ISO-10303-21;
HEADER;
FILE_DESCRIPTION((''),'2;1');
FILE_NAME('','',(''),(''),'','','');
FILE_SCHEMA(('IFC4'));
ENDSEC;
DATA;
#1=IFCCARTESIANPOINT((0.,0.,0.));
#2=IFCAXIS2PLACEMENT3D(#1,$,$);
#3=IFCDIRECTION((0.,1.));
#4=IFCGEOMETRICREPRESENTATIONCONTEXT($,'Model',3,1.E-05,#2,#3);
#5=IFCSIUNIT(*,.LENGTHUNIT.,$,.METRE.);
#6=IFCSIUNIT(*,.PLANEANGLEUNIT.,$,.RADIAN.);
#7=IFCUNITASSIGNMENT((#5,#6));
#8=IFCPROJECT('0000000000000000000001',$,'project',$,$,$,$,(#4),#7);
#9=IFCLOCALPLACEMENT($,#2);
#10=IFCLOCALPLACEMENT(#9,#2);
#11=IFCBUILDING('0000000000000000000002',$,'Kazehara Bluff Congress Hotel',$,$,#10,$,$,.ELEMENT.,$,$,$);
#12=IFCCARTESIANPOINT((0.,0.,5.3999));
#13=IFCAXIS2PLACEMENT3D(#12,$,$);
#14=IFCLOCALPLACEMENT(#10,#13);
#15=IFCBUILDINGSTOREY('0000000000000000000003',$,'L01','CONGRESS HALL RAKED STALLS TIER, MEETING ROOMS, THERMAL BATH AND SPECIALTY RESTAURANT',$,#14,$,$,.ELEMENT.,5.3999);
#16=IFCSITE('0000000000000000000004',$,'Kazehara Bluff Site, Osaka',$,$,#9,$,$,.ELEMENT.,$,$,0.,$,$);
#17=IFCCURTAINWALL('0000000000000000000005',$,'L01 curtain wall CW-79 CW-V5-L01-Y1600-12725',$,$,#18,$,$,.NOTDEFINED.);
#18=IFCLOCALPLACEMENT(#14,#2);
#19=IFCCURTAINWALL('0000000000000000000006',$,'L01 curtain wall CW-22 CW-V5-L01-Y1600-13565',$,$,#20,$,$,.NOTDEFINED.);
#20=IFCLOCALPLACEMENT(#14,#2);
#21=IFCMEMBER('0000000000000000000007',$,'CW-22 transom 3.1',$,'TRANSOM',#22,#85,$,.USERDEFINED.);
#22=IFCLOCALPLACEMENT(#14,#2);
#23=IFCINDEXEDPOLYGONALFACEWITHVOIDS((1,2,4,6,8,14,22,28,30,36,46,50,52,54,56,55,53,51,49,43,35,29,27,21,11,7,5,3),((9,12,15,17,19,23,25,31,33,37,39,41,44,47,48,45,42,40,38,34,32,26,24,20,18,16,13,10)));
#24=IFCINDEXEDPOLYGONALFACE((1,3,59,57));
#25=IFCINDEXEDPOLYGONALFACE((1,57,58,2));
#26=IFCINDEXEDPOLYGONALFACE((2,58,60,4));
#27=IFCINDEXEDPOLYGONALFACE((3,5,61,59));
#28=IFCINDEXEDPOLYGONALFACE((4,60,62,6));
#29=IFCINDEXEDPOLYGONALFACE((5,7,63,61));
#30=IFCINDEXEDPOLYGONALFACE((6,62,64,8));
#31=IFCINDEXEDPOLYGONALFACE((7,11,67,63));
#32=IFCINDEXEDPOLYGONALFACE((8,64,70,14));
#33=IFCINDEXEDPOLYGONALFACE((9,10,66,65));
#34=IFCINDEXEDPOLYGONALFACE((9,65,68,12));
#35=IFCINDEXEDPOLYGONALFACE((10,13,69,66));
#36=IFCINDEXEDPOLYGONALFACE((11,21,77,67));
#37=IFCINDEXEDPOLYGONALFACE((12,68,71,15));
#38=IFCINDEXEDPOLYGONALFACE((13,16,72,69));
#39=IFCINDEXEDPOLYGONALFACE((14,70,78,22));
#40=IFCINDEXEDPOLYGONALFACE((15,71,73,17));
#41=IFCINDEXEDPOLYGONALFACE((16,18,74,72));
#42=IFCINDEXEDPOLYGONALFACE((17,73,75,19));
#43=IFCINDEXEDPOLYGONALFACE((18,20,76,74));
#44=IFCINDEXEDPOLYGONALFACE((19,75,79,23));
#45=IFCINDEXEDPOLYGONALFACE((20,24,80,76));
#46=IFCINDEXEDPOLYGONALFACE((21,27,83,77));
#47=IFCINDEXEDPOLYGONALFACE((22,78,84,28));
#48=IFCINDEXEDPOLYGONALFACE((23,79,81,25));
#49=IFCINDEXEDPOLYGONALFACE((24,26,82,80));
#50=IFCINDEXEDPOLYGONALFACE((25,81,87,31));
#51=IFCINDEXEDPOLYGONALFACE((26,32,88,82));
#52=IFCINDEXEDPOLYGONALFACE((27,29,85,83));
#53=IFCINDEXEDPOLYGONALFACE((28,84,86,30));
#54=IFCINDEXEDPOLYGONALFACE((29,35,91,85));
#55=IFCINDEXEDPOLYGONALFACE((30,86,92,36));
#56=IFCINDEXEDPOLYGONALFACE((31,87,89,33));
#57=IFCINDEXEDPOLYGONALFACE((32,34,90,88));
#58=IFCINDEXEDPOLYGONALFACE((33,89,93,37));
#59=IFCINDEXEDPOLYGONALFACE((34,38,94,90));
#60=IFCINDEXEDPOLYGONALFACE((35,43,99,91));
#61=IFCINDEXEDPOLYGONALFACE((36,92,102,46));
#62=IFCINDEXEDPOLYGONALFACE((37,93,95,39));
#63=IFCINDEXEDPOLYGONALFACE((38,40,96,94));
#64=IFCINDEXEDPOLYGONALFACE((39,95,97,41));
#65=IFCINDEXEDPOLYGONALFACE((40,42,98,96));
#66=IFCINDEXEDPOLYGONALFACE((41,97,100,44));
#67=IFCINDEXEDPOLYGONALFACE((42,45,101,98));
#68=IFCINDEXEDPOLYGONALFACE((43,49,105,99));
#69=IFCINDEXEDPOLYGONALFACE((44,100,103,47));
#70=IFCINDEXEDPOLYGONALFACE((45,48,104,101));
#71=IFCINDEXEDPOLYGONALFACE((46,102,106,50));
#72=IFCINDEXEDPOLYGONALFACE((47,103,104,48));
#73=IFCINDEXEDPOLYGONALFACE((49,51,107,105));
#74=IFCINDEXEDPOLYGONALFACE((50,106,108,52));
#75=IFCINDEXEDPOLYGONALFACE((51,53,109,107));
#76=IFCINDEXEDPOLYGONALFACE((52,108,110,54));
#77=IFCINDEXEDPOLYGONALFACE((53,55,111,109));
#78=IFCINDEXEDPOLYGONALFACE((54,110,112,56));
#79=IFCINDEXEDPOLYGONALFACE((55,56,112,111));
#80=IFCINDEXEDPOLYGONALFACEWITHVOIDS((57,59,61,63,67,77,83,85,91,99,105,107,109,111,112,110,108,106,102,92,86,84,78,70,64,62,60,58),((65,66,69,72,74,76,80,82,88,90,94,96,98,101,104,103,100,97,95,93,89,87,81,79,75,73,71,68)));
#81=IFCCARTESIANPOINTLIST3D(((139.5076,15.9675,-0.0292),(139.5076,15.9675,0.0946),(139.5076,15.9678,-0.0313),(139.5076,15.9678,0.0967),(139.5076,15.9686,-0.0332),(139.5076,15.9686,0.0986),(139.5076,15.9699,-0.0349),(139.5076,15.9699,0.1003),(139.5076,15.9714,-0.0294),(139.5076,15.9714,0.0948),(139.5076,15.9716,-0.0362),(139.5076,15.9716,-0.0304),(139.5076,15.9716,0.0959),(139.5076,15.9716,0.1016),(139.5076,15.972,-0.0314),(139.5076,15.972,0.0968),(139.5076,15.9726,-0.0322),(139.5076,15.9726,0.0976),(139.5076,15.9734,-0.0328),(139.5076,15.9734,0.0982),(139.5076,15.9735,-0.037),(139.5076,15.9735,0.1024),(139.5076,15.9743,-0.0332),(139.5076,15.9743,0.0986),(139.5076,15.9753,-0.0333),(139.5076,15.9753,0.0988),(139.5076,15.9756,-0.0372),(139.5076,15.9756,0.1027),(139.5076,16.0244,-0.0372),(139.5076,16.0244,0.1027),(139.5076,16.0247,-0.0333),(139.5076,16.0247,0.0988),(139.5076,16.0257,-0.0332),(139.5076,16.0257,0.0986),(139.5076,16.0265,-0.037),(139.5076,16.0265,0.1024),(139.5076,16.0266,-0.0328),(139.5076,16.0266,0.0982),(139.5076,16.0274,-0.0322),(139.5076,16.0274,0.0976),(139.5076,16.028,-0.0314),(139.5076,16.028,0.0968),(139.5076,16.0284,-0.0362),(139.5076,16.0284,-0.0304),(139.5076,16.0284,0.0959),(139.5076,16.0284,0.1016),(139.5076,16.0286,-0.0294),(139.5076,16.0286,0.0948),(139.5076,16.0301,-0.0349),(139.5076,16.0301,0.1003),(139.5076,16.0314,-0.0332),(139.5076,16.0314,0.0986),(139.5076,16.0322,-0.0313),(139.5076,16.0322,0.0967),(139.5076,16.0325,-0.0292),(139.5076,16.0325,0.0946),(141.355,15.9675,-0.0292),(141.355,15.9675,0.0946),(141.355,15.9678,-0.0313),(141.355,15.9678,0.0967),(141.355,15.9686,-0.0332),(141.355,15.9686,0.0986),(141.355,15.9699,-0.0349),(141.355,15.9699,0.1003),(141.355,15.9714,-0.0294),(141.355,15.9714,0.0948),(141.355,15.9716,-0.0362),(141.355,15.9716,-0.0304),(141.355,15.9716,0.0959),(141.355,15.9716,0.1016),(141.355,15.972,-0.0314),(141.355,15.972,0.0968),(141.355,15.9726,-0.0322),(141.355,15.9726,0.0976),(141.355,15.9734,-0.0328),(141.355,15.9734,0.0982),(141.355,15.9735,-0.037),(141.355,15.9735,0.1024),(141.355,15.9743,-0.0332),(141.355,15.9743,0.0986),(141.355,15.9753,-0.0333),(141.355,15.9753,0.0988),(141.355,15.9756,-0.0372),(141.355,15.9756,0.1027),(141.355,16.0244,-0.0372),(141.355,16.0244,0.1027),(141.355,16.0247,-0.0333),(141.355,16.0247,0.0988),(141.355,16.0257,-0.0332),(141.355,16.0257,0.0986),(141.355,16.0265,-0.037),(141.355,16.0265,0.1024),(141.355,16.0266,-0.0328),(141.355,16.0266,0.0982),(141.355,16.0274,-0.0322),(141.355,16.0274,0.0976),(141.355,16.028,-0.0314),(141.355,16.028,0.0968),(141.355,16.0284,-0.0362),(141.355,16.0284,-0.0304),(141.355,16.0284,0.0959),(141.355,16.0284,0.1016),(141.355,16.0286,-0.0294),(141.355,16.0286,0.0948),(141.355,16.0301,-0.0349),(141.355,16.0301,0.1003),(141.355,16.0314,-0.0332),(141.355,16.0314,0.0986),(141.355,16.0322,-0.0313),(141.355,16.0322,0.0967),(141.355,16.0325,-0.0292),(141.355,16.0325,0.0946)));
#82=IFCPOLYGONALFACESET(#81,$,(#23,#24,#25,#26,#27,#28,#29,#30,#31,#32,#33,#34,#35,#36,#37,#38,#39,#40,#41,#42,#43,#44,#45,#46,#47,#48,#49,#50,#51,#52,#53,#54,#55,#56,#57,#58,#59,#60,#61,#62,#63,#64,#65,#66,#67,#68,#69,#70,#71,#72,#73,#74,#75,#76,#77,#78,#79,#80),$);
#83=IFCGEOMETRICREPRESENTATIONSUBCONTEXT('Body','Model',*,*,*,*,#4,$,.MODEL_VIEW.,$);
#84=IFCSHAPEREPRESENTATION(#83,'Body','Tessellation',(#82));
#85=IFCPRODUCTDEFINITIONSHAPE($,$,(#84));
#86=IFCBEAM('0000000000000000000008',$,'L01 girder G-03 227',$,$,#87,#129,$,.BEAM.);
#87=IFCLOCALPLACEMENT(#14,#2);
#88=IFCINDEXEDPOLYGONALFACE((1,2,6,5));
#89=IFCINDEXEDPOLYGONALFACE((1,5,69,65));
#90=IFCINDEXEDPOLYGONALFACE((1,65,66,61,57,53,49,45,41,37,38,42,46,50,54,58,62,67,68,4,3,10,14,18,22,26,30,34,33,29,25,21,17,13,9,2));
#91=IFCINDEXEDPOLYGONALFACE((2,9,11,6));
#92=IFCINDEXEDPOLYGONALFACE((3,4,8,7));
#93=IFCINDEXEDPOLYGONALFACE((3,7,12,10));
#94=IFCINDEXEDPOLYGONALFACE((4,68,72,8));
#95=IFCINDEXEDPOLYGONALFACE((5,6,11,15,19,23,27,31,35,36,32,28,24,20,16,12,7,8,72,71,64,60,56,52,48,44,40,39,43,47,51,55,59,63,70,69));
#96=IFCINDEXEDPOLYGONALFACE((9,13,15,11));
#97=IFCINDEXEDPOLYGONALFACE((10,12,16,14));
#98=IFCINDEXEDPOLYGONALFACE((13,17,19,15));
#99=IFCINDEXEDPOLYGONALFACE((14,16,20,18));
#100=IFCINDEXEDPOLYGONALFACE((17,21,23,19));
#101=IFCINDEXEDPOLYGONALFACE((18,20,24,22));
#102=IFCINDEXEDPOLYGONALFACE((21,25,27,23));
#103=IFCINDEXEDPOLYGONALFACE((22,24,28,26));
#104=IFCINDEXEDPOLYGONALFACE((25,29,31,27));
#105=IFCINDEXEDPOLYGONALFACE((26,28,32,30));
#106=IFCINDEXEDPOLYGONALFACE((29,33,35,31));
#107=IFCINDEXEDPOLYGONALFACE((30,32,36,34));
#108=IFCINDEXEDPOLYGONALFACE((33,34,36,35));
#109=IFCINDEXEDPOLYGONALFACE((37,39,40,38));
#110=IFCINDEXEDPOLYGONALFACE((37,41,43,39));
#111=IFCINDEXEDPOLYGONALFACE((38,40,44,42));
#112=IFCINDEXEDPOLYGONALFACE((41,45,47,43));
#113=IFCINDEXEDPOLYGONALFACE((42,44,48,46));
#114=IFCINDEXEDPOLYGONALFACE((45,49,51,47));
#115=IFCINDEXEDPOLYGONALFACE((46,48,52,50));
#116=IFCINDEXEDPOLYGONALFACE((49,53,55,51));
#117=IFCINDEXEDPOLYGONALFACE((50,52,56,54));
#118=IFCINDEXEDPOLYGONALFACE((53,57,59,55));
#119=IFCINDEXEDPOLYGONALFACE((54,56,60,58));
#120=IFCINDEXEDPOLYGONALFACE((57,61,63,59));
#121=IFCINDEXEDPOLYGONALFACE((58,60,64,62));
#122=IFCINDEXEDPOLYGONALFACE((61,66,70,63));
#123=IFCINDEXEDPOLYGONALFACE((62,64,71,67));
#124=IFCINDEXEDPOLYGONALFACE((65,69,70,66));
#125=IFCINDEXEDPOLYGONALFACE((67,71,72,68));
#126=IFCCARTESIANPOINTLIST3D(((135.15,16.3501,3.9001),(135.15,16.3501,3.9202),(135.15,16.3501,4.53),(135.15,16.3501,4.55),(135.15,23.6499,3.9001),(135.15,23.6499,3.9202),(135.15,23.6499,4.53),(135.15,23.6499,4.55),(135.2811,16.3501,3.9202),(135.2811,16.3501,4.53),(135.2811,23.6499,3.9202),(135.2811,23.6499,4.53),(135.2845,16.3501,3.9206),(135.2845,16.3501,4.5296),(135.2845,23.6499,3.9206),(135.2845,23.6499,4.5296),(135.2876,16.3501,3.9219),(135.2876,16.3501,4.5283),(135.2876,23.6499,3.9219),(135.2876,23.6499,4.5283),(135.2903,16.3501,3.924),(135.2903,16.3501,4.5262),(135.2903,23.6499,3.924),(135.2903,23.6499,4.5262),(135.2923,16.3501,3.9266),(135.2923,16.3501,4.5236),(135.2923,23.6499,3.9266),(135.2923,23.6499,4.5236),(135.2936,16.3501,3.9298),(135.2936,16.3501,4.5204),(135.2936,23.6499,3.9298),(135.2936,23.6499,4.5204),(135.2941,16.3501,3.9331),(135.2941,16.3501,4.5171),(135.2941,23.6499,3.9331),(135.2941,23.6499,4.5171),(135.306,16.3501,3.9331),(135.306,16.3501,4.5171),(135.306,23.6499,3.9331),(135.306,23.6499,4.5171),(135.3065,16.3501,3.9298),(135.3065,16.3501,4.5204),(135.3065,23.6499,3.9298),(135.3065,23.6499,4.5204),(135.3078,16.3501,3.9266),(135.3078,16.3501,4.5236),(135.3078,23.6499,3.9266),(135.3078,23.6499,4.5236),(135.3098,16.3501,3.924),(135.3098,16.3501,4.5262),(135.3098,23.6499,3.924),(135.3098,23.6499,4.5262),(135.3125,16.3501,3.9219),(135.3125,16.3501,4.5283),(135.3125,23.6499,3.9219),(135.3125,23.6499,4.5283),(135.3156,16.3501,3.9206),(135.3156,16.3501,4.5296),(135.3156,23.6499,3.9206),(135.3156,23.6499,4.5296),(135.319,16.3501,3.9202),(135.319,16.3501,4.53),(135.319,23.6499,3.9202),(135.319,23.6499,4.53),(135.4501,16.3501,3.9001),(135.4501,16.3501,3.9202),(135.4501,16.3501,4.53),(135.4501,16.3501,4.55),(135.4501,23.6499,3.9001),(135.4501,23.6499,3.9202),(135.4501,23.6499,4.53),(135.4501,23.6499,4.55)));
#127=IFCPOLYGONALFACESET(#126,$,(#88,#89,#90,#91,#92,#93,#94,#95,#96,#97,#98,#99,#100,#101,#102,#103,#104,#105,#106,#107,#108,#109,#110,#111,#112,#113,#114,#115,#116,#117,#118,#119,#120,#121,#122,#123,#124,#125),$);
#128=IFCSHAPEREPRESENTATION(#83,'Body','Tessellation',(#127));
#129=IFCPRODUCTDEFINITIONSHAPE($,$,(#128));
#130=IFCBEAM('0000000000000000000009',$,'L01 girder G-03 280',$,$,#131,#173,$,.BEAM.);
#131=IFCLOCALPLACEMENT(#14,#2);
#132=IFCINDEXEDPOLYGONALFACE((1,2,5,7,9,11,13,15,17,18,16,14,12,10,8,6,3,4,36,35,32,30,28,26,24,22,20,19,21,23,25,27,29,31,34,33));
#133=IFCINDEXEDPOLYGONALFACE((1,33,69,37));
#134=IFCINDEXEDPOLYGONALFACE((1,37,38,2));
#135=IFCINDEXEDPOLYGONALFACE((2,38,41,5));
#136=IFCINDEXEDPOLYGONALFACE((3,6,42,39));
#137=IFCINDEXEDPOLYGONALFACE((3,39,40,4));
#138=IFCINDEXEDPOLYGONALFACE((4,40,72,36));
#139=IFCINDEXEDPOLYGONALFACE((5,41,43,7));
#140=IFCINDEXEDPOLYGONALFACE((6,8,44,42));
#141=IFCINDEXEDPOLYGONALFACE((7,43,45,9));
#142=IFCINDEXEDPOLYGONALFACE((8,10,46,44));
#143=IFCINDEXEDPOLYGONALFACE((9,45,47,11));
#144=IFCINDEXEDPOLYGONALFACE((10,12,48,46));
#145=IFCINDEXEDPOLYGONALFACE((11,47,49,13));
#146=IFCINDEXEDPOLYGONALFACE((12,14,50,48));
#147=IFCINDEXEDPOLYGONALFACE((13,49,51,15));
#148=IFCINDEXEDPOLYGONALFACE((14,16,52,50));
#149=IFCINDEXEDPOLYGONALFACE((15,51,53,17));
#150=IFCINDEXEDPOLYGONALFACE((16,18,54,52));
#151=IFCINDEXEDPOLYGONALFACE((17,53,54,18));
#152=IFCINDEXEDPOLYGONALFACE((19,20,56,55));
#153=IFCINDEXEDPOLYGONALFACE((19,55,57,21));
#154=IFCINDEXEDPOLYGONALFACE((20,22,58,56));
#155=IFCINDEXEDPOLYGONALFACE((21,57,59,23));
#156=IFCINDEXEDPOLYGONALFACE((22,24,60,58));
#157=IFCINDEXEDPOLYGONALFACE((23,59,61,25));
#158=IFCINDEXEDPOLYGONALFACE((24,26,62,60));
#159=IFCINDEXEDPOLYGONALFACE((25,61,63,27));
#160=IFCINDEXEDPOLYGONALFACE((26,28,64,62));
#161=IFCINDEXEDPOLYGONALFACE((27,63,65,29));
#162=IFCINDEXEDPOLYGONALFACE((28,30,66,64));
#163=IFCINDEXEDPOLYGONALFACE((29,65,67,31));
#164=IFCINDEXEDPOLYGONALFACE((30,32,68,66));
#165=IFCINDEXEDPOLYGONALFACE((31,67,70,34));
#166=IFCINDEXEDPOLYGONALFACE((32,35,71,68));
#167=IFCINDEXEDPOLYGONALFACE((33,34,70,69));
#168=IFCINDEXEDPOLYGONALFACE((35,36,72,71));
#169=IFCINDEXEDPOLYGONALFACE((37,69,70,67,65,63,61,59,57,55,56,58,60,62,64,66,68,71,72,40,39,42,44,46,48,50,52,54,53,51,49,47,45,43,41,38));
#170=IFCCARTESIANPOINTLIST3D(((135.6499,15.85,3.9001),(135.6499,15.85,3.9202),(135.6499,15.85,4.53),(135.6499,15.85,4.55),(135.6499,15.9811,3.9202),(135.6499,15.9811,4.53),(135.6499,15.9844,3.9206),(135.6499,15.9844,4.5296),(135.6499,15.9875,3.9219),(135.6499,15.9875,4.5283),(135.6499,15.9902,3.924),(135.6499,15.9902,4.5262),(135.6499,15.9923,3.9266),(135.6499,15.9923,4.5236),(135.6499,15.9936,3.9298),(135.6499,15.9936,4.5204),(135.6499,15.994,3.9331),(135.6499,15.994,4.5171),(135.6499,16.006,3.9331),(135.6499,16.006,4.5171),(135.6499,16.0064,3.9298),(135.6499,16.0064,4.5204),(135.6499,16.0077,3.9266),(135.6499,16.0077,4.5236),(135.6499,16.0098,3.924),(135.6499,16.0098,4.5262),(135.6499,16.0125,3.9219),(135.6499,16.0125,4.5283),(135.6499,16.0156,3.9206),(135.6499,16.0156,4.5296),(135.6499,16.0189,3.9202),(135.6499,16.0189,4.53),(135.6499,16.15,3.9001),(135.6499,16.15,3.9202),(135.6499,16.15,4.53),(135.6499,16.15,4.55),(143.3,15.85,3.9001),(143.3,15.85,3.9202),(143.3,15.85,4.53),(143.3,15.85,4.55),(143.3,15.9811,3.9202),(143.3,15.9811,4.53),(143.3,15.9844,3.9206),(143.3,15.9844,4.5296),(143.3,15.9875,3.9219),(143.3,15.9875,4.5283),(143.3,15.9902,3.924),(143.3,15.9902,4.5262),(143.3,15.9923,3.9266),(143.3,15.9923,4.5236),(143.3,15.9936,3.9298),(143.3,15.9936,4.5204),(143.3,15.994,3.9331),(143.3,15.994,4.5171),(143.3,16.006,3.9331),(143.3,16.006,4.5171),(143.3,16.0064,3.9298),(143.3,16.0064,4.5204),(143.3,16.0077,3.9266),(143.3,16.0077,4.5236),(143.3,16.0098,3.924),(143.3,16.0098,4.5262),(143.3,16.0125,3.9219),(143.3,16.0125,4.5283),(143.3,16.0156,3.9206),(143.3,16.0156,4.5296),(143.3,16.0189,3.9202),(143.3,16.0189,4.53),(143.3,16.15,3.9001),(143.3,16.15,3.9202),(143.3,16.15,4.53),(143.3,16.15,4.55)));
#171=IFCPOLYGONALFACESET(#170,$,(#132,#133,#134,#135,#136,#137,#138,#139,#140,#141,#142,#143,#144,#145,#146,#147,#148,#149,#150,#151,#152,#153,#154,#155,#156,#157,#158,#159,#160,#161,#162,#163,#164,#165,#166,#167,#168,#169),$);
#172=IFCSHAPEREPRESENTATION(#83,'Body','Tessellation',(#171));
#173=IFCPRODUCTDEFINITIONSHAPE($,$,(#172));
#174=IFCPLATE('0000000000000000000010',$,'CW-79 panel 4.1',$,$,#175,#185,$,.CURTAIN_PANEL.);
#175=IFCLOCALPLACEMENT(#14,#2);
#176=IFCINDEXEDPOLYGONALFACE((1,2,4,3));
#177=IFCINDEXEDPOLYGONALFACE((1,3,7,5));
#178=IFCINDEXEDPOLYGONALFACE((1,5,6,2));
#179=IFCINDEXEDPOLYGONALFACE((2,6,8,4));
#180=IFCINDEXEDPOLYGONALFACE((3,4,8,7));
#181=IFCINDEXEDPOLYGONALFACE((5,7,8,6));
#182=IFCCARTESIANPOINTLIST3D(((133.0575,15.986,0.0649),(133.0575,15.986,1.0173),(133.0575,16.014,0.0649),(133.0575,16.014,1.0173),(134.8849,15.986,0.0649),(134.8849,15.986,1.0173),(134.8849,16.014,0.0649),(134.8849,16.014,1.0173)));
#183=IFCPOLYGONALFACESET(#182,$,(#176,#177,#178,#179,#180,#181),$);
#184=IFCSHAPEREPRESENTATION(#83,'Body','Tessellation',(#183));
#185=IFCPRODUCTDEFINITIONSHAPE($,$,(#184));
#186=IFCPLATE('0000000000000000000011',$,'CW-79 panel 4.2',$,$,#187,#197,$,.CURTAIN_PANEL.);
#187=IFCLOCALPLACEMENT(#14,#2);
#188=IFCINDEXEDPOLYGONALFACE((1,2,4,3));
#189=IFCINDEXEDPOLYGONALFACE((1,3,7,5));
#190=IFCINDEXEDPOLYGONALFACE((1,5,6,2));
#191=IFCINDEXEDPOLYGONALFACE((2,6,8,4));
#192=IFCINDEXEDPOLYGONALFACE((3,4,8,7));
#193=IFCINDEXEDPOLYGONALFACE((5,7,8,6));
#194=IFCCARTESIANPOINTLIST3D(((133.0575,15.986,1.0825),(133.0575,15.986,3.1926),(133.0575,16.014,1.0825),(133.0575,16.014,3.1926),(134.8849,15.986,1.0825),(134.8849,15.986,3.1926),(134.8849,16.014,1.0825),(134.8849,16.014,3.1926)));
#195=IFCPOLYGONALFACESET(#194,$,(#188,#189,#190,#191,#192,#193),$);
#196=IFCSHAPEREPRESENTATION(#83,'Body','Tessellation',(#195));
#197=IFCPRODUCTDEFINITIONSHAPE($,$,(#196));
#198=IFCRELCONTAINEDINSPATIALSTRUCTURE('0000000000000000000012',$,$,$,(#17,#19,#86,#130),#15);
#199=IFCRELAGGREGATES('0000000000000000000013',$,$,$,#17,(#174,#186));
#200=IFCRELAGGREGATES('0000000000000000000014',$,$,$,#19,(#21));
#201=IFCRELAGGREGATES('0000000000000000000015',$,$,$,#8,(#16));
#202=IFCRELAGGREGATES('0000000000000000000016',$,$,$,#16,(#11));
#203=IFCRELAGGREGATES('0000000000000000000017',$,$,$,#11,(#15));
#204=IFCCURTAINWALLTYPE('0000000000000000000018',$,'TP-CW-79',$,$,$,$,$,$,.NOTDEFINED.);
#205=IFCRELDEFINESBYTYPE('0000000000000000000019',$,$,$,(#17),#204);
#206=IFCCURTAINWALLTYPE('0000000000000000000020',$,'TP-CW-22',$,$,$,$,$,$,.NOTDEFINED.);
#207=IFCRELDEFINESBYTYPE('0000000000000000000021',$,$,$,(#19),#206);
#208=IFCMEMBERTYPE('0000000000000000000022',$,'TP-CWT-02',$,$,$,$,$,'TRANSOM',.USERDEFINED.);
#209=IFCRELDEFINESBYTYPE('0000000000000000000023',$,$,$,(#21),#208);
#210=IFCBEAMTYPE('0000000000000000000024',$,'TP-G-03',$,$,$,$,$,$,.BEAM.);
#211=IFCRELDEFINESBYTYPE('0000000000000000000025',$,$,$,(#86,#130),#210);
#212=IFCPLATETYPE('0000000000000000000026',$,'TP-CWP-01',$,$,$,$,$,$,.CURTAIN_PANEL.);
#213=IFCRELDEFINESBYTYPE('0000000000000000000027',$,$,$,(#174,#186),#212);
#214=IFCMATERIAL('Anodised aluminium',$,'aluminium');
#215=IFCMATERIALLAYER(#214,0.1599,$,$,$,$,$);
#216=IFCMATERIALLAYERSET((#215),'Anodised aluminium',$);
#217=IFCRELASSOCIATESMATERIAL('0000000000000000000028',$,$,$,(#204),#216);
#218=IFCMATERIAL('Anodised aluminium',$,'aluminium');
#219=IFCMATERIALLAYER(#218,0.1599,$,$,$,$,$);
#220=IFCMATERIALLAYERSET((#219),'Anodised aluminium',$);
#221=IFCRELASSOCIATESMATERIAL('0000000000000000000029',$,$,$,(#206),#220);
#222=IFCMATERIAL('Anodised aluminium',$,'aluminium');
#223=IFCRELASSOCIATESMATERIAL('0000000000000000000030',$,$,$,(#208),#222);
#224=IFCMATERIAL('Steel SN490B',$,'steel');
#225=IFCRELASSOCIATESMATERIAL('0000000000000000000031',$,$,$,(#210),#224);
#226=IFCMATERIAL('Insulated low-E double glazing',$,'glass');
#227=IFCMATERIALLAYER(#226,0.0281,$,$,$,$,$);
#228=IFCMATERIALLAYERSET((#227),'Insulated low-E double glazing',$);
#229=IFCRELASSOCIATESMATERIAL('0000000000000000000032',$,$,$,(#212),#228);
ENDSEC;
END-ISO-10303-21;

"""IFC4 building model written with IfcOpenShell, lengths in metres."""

from ifc_helpers import new_model, si_unit, direction, frame, origin, origin_2d, place, context, subcontext, project, spatial, rectangle, hollow_rectangle, i_section, extrude, material, layer, layer_set, material_profile, profile_set, type_object, element, aggregate, save


model = new_model("IFC4")

# Units and contexts
model_context = context("Model", 3, precision=1e-05, world=origin(), true_north=direction((0.0, 1.0)))
body_context = subcontext(model_context, "Body", "Model", "MODEL_VIEW")
ifc_project = project(units=[si_unit("LENGTHUNIT", "METRE"), si_unit("PLANEANGLEUNIT", "RADIAN")], contexts=[model_context])

# Site, building, storey
site_placement = place(None, origin())
site = spatial("IfcSite", under=ifc_project, at=site_placement, Name="Kazehara Bluff Site, Osaka", CompositionType="ELEMENT", RefElevation=0.0)
building_placement = place(site_placement, origin())
building = spatial("IfcBuilding", under=site, at=building_placement, Name="Kazehara Bluff Congress Hotel", CompositionType="ELEMENT")
storey_placement = place(building_placement, frame((0.0, 0.0, 5.3999)))
storey = spatial("IfcBuildingStorey", under=building, at=storey_placement, Name="L01", Description="CONGRESS HALL RAKED STALLS TIER, MEETING ROOMS, THERMAL BATH AND SPECIALTY RESTAURANT", CompositionType="ELEMENT", Elevation=5.3999)

# Curtain walls
ifc_material_1 = material(Name="Anodised aluminium", Category="aluminium")
ifc_layer_1 = layer(ifc_material_1, 0.1599)
ifc_layer_set_1 = layer_set([ifc_layer_1], Name="Anodised aluminium")
curtain_wall_type_1 = type_object("IfcCurtainWallType", Name="TP-CW-79", PredefinedType="NOTDEFINED", material=ifc_layer_set_1)
curtain_wall_1_placement = place(storey_placement, origin())
curtain_wall_1 = element("IfcCurtainWall", 1, at=curtain_wall_1_placement, inside=storey, type_object=curtain_wall_type_1, Name="L01 curtain wall CW-79 CW-V5-L01-Y1600-12725", PredefinedType="NOTDEFINED")
ifc_material_2 = material(Name="Anodised aluminium", Category="aluminium")
ifc_layer_2 = layer(ifc_material_2, 0.1599)
ifc_layer_set_2 = layer_set([ifc_layer_2], Name="Anodised aluminium")
curtain_wall_type_2 = type_object("IfcCurtainWallType", Name="TP-CW-22", PredefinedType="NOTDEFINED", material=ifc_layer_set_2)
curtain_wall_2_placement = place(storey_placement, origin())
curtain_wall_2 = element("IfcCurtainWall", 2, at=curtain_wall_2_placement, inside=storey, type_object=curtain_wall_type_2, Name="L01 curtain wall CW-22 CW-V5-L01-Y1600-13565", PredefinedType="NOTDEFINED")

# Member
ifc_material_3 = material(Name="Anodised aluminium", Category="aluminium")
ifc_material_profile_1 = material_profile(ifc_material_3, hollow_rectangle(XDim=0.0649, YDim=0.1399, WallThickness=0.0039, InnerFilletRadius=0.0039, OuterFilletRadius=0.0081, at=origin_2d()))
ifc_profile_set_1 = profile_set([ifc_material_profile_1], Name="Anodised aluminium")
member_type_1 = type_object("IfcMemberType", Name="TP-CWT-02", ElementType="TRANSOM", PredefinedType="USERDEFINED", material=ifc_profile_set_1)
member_1_placement = place(storey_placement, frame((139.5076, 16.0, 0.0327), z_axis=(1.0, 0.0, 0.0), x_axis=(0.0, 1.0, 0.0)))
member_1 = element("IfcMember", 3, at=member_1_placement, type_object=member_type_1, Name="CW-22 transom 3.1", ObjectType="TRANSOM", PredefinedType="USERDEFINED", context=body_context, shape_type="SweptSolid", body=[
    extrude(hollow_rectangle(XDim=0.0649, YDim=0.1399, WallThickness=0.0039, InnerFilletRadius=0.0039, OuterFilletRadius=0.0081, at=origin_2d()), origin(), (0.0, 0.0, 1.0), 1.8474),
])

# Beams
ifc_material_4 = material(Name="Steel SN490B", Category="steel")
ifc_material_profile_2 = material_profile(ifc_material_4, i_section(OverallWidth=0.3, OverallDepth=0.6499, WebThickness=0.012, FlangeThickness=0.02, FilletRadius=0.0129, at=origin_2d()))
ifc_profile_set_2 = profile_set([ifc_material_profile_2], Name="Steel SN490B")
beam_type = type_object("IfcBeamType", Name="TP-G-03", PredefinedType="BEAM", material=ifc_profile_set_2)
beam_1_placement = place(storey_placement, frame((135.3, 16.3501, 4.2251), z_axis=(0.0, 1.0, 0.0), x_axis=(-1.0, 0.0, 0.0)))
element("IfcBeam", 4, at=beam_1_placement, inside=storey, type_object=beam_type, Name="L01 girder G-03 227", PredefinedType="BEAM", context=body_context, shape_type="SweptSolid", body=[
    extrude(i_section(OverallWidth=0.3, OverallDepth=0.6499, WebThickness=0.012, FlangeThickness=0.02, FilletRadius=0.0129, at=origin_2d()), origin(), (0.0, 0.0, 1.0), 7.2998),
])
beam_2_placement = place(storey_placement, frame((135.6499, 16.0, 4.2251), z_axis=(1.0, 0.0, 0.0), x_axis=(0.0, 1.0, 0.0)))
element("IfcBeam", 5, at=beam_2_placement, inside=storey, type_object=beam_type, Name="L01 girder G-03 280", PredefinedType="BEAM", context=body_context, shape_type="SweptSolid", body=[
    extrude(i_section(OverallWidth=0.3, OverallDepth=0.6499, WebThickness=0.012, FlangeThickness=0.02, FilletRadius=0.0129, at=origin_2d()), origin(), (0.0, 0.0, 1.0), 7.6501),
])

# Plates
ifc_material_5 = material(Name="Insulated low-E double glazing", Category="glass")
ifc_layer_3 = layer(ifc_material_5, 0.0281)
ifc_layer_set_3 = layer_set([ifc_layer_3], Name="Insulated low-E double glazing")
plate_type = type_object("IfcPlateType", Name="TP-CWP-01", PredefinedType="CURTAIN_PANEL", material=ifc_layer_set_3)
plate_1_placement = place(storey_placement, frame((133.9712, 16.0, 0.0649), z_axis=(0.0, 0.0, 1.0), x_axis=(1.0, 0.0, 0.0)))
plate_1 = element("IfcPlate", 6, at=plate_1_placement, type_object=plate_type, Name="CW-79 panel 4.1", PredefinedType="CURTAIN_PANEL", context=body_context, shape_type="SweptSolid", body=[
    extrude(rectangle(XDim=1.8274, YDim=0.0281, at=origin_2d()), origin(), (0.0, 0.0, 1.0), 0.9524),
])
plate_2_placement = place(storey_placement, frame((133.9712, 16.0, 1.0825), z_axis=(0.0, 0.0, 1.0), x_axis=(1.0, 0.0, 0.0)))
plate_2 = element("IfcPlate", 7, at=plate_2_placement, type_object=plate_type, Name="CW-79 panel 4.2", PredefinedType="CURTAIN_PANEL", context=body_context, shape_type="SweptSolid", body=[
    extrude(rectangle(XDim=1.8274, YDim=0.0281, at=origin_2d()), origin(), (0.0, 0.0, 1.0), 2.1101),
])
aggregate(curtain_wall_1, [plate_1, plate_2])
aggregate(curtain_wall_2, [member_1])

save(model, "model.ifc")
